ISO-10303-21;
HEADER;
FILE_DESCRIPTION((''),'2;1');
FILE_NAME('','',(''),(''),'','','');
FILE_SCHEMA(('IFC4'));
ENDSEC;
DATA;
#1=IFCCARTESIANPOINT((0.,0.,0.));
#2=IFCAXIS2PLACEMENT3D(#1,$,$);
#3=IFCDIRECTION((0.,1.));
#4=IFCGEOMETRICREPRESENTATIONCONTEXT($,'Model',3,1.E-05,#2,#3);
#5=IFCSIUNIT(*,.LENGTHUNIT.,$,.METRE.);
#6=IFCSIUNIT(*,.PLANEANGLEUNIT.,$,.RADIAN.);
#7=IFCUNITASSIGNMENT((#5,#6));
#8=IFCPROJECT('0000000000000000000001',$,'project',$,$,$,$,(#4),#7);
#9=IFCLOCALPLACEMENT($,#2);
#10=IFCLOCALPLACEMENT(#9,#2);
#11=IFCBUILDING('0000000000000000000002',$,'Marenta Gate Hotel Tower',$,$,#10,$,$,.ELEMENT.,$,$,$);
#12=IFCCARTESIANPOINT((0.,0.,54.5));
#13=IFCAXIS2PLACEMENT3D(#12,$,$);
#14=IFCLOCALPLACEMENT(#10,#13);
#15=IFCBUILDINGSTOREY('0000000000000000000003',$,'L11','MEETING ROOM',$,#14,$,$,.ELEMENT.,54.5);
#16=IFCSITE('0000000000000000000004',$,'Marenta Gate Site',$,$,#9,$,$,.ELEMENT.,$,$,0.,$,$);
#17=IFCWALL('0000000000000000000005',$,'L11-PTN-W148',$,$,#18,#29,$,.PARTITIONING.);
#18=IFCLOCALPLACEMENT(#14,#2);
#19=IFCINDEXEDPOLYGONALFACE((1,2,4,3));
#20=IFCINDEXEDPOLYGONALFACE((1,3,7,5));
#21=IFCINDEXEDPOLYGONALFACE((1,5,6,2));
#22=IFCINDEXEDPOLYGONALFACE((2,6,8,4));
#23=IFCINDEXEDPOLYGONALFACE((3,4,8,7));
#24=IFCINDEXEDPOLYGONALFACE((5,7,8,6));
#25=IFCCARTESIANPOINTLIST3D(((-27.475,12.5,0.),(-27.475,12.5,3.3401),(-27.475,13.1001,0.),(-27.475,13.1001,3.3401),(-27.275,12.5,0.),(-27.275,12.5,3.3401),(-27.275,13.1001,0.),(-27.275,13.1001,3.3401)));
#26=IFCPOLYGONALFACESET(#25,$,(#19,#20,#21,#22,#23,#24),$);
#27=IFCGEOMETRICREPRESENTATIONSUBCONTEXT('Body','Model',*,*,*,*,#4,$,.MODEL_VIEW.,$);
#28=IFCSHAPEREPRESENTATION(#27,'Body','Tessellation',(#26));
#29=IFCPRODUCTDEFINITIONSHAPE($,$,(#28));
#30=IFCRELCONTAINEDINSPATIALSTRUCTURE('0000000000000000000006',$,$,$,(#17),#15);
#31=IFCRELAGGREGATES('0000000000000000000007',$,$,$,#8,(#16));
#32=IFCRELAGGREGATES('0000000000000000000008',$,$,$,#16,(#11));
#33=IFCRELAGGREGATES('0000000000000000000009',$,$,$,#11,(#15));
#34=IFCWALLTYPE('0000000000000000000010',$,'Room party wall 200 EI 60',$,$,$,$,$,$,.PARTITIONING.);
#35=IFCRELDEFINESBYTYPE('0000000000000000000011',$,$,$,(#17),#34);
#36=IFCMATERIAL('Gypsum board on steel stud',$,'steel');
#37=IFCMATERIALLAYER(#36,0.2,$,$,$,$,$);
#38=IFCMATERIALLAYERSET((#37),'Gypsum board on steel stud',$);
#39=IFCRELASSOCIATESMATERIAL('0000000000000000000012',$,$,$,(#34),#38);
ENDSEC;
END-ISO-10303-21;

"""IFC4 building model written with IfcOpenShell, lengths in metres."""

from ifc_helpers import new_model, si_unit, direction, frame, frame_2d, origin, place, context, subcontext, project, spatial, rectangle, extrude, material, layer, layer_set, type_object, element, save


model = new_model("IFC4")

# Units and contexts
model_context = context("Model", 3, precision=1e-05, world=origin(), true_north=direction((0.0, 1.0)))
body_context = subcontext(model_context, "Body", "Model", "MODEL_VIEW")
ifc_project = project(units=[si_unit("LENGTHUNIT", "METRE"), si_unit("PLANEANGLEUNIT", "RADIAN")], contexts=[model_context])

# Site, building, storey
site_placement = place(None, origin())
site = spatial("IfcSite", under=ifc_project, at=site_placement, Name="Marenta Gate Site", CompositionType="ELEMENT", RefElevation=0.0)
building_placement = place(site_placement, origin())
building = spatial("IfcBuilding", under=site, at=building_placement, Name="Marenta Gate Hotel Tower", CompositionType="ELEMENT")
storey_placement = place(building_placement, frame((0.0, 0.0, 54.5)))
storey = spatial("IfcBuildingStorey", under=building, at=storey_placement, Name="L11", Description="MEETING ROOM", CompositionType="ELEMENT", Elevation=54.5)

# Wall
ifc_material_1 = material(Name="Gypsum board on steel stud", Category="steel")
ifc_layer_1 = layer(ifc_material_1, 0.2)
ifc_layer_set_1 = layer_set([ifc_layer_1], Name="Gypsum board on steel stud")
wall_type_1 = type_object("IfcWallType", Name="Room party wall 200 EI 60", PredefinedType="PARTITIONING", material=ifc_layer_set_1)
wall_1_placement = place(storey_placement, frame((-27.375, 12.5, 0.0), z_axis=(0.0, 0.0, 1.0), x_axis=(0.0, 1.0, 0.0)))
element("IfcWall", 1, at=wall_1_placement, inside=storey, type_object=wall_type_1, Name="L11-PTN-W148", PredefinedType="PARTITIONING", context=body_context, shape_type="SweptSolid", body=[
    extrude(rectangle(XDim=0.6001, YDim=0.2, at=frame_2d((0.3, 0.0))), origin(), (0.0, 0.0, 1.0), 3.3401),
])

save(model, "model.ifc")
